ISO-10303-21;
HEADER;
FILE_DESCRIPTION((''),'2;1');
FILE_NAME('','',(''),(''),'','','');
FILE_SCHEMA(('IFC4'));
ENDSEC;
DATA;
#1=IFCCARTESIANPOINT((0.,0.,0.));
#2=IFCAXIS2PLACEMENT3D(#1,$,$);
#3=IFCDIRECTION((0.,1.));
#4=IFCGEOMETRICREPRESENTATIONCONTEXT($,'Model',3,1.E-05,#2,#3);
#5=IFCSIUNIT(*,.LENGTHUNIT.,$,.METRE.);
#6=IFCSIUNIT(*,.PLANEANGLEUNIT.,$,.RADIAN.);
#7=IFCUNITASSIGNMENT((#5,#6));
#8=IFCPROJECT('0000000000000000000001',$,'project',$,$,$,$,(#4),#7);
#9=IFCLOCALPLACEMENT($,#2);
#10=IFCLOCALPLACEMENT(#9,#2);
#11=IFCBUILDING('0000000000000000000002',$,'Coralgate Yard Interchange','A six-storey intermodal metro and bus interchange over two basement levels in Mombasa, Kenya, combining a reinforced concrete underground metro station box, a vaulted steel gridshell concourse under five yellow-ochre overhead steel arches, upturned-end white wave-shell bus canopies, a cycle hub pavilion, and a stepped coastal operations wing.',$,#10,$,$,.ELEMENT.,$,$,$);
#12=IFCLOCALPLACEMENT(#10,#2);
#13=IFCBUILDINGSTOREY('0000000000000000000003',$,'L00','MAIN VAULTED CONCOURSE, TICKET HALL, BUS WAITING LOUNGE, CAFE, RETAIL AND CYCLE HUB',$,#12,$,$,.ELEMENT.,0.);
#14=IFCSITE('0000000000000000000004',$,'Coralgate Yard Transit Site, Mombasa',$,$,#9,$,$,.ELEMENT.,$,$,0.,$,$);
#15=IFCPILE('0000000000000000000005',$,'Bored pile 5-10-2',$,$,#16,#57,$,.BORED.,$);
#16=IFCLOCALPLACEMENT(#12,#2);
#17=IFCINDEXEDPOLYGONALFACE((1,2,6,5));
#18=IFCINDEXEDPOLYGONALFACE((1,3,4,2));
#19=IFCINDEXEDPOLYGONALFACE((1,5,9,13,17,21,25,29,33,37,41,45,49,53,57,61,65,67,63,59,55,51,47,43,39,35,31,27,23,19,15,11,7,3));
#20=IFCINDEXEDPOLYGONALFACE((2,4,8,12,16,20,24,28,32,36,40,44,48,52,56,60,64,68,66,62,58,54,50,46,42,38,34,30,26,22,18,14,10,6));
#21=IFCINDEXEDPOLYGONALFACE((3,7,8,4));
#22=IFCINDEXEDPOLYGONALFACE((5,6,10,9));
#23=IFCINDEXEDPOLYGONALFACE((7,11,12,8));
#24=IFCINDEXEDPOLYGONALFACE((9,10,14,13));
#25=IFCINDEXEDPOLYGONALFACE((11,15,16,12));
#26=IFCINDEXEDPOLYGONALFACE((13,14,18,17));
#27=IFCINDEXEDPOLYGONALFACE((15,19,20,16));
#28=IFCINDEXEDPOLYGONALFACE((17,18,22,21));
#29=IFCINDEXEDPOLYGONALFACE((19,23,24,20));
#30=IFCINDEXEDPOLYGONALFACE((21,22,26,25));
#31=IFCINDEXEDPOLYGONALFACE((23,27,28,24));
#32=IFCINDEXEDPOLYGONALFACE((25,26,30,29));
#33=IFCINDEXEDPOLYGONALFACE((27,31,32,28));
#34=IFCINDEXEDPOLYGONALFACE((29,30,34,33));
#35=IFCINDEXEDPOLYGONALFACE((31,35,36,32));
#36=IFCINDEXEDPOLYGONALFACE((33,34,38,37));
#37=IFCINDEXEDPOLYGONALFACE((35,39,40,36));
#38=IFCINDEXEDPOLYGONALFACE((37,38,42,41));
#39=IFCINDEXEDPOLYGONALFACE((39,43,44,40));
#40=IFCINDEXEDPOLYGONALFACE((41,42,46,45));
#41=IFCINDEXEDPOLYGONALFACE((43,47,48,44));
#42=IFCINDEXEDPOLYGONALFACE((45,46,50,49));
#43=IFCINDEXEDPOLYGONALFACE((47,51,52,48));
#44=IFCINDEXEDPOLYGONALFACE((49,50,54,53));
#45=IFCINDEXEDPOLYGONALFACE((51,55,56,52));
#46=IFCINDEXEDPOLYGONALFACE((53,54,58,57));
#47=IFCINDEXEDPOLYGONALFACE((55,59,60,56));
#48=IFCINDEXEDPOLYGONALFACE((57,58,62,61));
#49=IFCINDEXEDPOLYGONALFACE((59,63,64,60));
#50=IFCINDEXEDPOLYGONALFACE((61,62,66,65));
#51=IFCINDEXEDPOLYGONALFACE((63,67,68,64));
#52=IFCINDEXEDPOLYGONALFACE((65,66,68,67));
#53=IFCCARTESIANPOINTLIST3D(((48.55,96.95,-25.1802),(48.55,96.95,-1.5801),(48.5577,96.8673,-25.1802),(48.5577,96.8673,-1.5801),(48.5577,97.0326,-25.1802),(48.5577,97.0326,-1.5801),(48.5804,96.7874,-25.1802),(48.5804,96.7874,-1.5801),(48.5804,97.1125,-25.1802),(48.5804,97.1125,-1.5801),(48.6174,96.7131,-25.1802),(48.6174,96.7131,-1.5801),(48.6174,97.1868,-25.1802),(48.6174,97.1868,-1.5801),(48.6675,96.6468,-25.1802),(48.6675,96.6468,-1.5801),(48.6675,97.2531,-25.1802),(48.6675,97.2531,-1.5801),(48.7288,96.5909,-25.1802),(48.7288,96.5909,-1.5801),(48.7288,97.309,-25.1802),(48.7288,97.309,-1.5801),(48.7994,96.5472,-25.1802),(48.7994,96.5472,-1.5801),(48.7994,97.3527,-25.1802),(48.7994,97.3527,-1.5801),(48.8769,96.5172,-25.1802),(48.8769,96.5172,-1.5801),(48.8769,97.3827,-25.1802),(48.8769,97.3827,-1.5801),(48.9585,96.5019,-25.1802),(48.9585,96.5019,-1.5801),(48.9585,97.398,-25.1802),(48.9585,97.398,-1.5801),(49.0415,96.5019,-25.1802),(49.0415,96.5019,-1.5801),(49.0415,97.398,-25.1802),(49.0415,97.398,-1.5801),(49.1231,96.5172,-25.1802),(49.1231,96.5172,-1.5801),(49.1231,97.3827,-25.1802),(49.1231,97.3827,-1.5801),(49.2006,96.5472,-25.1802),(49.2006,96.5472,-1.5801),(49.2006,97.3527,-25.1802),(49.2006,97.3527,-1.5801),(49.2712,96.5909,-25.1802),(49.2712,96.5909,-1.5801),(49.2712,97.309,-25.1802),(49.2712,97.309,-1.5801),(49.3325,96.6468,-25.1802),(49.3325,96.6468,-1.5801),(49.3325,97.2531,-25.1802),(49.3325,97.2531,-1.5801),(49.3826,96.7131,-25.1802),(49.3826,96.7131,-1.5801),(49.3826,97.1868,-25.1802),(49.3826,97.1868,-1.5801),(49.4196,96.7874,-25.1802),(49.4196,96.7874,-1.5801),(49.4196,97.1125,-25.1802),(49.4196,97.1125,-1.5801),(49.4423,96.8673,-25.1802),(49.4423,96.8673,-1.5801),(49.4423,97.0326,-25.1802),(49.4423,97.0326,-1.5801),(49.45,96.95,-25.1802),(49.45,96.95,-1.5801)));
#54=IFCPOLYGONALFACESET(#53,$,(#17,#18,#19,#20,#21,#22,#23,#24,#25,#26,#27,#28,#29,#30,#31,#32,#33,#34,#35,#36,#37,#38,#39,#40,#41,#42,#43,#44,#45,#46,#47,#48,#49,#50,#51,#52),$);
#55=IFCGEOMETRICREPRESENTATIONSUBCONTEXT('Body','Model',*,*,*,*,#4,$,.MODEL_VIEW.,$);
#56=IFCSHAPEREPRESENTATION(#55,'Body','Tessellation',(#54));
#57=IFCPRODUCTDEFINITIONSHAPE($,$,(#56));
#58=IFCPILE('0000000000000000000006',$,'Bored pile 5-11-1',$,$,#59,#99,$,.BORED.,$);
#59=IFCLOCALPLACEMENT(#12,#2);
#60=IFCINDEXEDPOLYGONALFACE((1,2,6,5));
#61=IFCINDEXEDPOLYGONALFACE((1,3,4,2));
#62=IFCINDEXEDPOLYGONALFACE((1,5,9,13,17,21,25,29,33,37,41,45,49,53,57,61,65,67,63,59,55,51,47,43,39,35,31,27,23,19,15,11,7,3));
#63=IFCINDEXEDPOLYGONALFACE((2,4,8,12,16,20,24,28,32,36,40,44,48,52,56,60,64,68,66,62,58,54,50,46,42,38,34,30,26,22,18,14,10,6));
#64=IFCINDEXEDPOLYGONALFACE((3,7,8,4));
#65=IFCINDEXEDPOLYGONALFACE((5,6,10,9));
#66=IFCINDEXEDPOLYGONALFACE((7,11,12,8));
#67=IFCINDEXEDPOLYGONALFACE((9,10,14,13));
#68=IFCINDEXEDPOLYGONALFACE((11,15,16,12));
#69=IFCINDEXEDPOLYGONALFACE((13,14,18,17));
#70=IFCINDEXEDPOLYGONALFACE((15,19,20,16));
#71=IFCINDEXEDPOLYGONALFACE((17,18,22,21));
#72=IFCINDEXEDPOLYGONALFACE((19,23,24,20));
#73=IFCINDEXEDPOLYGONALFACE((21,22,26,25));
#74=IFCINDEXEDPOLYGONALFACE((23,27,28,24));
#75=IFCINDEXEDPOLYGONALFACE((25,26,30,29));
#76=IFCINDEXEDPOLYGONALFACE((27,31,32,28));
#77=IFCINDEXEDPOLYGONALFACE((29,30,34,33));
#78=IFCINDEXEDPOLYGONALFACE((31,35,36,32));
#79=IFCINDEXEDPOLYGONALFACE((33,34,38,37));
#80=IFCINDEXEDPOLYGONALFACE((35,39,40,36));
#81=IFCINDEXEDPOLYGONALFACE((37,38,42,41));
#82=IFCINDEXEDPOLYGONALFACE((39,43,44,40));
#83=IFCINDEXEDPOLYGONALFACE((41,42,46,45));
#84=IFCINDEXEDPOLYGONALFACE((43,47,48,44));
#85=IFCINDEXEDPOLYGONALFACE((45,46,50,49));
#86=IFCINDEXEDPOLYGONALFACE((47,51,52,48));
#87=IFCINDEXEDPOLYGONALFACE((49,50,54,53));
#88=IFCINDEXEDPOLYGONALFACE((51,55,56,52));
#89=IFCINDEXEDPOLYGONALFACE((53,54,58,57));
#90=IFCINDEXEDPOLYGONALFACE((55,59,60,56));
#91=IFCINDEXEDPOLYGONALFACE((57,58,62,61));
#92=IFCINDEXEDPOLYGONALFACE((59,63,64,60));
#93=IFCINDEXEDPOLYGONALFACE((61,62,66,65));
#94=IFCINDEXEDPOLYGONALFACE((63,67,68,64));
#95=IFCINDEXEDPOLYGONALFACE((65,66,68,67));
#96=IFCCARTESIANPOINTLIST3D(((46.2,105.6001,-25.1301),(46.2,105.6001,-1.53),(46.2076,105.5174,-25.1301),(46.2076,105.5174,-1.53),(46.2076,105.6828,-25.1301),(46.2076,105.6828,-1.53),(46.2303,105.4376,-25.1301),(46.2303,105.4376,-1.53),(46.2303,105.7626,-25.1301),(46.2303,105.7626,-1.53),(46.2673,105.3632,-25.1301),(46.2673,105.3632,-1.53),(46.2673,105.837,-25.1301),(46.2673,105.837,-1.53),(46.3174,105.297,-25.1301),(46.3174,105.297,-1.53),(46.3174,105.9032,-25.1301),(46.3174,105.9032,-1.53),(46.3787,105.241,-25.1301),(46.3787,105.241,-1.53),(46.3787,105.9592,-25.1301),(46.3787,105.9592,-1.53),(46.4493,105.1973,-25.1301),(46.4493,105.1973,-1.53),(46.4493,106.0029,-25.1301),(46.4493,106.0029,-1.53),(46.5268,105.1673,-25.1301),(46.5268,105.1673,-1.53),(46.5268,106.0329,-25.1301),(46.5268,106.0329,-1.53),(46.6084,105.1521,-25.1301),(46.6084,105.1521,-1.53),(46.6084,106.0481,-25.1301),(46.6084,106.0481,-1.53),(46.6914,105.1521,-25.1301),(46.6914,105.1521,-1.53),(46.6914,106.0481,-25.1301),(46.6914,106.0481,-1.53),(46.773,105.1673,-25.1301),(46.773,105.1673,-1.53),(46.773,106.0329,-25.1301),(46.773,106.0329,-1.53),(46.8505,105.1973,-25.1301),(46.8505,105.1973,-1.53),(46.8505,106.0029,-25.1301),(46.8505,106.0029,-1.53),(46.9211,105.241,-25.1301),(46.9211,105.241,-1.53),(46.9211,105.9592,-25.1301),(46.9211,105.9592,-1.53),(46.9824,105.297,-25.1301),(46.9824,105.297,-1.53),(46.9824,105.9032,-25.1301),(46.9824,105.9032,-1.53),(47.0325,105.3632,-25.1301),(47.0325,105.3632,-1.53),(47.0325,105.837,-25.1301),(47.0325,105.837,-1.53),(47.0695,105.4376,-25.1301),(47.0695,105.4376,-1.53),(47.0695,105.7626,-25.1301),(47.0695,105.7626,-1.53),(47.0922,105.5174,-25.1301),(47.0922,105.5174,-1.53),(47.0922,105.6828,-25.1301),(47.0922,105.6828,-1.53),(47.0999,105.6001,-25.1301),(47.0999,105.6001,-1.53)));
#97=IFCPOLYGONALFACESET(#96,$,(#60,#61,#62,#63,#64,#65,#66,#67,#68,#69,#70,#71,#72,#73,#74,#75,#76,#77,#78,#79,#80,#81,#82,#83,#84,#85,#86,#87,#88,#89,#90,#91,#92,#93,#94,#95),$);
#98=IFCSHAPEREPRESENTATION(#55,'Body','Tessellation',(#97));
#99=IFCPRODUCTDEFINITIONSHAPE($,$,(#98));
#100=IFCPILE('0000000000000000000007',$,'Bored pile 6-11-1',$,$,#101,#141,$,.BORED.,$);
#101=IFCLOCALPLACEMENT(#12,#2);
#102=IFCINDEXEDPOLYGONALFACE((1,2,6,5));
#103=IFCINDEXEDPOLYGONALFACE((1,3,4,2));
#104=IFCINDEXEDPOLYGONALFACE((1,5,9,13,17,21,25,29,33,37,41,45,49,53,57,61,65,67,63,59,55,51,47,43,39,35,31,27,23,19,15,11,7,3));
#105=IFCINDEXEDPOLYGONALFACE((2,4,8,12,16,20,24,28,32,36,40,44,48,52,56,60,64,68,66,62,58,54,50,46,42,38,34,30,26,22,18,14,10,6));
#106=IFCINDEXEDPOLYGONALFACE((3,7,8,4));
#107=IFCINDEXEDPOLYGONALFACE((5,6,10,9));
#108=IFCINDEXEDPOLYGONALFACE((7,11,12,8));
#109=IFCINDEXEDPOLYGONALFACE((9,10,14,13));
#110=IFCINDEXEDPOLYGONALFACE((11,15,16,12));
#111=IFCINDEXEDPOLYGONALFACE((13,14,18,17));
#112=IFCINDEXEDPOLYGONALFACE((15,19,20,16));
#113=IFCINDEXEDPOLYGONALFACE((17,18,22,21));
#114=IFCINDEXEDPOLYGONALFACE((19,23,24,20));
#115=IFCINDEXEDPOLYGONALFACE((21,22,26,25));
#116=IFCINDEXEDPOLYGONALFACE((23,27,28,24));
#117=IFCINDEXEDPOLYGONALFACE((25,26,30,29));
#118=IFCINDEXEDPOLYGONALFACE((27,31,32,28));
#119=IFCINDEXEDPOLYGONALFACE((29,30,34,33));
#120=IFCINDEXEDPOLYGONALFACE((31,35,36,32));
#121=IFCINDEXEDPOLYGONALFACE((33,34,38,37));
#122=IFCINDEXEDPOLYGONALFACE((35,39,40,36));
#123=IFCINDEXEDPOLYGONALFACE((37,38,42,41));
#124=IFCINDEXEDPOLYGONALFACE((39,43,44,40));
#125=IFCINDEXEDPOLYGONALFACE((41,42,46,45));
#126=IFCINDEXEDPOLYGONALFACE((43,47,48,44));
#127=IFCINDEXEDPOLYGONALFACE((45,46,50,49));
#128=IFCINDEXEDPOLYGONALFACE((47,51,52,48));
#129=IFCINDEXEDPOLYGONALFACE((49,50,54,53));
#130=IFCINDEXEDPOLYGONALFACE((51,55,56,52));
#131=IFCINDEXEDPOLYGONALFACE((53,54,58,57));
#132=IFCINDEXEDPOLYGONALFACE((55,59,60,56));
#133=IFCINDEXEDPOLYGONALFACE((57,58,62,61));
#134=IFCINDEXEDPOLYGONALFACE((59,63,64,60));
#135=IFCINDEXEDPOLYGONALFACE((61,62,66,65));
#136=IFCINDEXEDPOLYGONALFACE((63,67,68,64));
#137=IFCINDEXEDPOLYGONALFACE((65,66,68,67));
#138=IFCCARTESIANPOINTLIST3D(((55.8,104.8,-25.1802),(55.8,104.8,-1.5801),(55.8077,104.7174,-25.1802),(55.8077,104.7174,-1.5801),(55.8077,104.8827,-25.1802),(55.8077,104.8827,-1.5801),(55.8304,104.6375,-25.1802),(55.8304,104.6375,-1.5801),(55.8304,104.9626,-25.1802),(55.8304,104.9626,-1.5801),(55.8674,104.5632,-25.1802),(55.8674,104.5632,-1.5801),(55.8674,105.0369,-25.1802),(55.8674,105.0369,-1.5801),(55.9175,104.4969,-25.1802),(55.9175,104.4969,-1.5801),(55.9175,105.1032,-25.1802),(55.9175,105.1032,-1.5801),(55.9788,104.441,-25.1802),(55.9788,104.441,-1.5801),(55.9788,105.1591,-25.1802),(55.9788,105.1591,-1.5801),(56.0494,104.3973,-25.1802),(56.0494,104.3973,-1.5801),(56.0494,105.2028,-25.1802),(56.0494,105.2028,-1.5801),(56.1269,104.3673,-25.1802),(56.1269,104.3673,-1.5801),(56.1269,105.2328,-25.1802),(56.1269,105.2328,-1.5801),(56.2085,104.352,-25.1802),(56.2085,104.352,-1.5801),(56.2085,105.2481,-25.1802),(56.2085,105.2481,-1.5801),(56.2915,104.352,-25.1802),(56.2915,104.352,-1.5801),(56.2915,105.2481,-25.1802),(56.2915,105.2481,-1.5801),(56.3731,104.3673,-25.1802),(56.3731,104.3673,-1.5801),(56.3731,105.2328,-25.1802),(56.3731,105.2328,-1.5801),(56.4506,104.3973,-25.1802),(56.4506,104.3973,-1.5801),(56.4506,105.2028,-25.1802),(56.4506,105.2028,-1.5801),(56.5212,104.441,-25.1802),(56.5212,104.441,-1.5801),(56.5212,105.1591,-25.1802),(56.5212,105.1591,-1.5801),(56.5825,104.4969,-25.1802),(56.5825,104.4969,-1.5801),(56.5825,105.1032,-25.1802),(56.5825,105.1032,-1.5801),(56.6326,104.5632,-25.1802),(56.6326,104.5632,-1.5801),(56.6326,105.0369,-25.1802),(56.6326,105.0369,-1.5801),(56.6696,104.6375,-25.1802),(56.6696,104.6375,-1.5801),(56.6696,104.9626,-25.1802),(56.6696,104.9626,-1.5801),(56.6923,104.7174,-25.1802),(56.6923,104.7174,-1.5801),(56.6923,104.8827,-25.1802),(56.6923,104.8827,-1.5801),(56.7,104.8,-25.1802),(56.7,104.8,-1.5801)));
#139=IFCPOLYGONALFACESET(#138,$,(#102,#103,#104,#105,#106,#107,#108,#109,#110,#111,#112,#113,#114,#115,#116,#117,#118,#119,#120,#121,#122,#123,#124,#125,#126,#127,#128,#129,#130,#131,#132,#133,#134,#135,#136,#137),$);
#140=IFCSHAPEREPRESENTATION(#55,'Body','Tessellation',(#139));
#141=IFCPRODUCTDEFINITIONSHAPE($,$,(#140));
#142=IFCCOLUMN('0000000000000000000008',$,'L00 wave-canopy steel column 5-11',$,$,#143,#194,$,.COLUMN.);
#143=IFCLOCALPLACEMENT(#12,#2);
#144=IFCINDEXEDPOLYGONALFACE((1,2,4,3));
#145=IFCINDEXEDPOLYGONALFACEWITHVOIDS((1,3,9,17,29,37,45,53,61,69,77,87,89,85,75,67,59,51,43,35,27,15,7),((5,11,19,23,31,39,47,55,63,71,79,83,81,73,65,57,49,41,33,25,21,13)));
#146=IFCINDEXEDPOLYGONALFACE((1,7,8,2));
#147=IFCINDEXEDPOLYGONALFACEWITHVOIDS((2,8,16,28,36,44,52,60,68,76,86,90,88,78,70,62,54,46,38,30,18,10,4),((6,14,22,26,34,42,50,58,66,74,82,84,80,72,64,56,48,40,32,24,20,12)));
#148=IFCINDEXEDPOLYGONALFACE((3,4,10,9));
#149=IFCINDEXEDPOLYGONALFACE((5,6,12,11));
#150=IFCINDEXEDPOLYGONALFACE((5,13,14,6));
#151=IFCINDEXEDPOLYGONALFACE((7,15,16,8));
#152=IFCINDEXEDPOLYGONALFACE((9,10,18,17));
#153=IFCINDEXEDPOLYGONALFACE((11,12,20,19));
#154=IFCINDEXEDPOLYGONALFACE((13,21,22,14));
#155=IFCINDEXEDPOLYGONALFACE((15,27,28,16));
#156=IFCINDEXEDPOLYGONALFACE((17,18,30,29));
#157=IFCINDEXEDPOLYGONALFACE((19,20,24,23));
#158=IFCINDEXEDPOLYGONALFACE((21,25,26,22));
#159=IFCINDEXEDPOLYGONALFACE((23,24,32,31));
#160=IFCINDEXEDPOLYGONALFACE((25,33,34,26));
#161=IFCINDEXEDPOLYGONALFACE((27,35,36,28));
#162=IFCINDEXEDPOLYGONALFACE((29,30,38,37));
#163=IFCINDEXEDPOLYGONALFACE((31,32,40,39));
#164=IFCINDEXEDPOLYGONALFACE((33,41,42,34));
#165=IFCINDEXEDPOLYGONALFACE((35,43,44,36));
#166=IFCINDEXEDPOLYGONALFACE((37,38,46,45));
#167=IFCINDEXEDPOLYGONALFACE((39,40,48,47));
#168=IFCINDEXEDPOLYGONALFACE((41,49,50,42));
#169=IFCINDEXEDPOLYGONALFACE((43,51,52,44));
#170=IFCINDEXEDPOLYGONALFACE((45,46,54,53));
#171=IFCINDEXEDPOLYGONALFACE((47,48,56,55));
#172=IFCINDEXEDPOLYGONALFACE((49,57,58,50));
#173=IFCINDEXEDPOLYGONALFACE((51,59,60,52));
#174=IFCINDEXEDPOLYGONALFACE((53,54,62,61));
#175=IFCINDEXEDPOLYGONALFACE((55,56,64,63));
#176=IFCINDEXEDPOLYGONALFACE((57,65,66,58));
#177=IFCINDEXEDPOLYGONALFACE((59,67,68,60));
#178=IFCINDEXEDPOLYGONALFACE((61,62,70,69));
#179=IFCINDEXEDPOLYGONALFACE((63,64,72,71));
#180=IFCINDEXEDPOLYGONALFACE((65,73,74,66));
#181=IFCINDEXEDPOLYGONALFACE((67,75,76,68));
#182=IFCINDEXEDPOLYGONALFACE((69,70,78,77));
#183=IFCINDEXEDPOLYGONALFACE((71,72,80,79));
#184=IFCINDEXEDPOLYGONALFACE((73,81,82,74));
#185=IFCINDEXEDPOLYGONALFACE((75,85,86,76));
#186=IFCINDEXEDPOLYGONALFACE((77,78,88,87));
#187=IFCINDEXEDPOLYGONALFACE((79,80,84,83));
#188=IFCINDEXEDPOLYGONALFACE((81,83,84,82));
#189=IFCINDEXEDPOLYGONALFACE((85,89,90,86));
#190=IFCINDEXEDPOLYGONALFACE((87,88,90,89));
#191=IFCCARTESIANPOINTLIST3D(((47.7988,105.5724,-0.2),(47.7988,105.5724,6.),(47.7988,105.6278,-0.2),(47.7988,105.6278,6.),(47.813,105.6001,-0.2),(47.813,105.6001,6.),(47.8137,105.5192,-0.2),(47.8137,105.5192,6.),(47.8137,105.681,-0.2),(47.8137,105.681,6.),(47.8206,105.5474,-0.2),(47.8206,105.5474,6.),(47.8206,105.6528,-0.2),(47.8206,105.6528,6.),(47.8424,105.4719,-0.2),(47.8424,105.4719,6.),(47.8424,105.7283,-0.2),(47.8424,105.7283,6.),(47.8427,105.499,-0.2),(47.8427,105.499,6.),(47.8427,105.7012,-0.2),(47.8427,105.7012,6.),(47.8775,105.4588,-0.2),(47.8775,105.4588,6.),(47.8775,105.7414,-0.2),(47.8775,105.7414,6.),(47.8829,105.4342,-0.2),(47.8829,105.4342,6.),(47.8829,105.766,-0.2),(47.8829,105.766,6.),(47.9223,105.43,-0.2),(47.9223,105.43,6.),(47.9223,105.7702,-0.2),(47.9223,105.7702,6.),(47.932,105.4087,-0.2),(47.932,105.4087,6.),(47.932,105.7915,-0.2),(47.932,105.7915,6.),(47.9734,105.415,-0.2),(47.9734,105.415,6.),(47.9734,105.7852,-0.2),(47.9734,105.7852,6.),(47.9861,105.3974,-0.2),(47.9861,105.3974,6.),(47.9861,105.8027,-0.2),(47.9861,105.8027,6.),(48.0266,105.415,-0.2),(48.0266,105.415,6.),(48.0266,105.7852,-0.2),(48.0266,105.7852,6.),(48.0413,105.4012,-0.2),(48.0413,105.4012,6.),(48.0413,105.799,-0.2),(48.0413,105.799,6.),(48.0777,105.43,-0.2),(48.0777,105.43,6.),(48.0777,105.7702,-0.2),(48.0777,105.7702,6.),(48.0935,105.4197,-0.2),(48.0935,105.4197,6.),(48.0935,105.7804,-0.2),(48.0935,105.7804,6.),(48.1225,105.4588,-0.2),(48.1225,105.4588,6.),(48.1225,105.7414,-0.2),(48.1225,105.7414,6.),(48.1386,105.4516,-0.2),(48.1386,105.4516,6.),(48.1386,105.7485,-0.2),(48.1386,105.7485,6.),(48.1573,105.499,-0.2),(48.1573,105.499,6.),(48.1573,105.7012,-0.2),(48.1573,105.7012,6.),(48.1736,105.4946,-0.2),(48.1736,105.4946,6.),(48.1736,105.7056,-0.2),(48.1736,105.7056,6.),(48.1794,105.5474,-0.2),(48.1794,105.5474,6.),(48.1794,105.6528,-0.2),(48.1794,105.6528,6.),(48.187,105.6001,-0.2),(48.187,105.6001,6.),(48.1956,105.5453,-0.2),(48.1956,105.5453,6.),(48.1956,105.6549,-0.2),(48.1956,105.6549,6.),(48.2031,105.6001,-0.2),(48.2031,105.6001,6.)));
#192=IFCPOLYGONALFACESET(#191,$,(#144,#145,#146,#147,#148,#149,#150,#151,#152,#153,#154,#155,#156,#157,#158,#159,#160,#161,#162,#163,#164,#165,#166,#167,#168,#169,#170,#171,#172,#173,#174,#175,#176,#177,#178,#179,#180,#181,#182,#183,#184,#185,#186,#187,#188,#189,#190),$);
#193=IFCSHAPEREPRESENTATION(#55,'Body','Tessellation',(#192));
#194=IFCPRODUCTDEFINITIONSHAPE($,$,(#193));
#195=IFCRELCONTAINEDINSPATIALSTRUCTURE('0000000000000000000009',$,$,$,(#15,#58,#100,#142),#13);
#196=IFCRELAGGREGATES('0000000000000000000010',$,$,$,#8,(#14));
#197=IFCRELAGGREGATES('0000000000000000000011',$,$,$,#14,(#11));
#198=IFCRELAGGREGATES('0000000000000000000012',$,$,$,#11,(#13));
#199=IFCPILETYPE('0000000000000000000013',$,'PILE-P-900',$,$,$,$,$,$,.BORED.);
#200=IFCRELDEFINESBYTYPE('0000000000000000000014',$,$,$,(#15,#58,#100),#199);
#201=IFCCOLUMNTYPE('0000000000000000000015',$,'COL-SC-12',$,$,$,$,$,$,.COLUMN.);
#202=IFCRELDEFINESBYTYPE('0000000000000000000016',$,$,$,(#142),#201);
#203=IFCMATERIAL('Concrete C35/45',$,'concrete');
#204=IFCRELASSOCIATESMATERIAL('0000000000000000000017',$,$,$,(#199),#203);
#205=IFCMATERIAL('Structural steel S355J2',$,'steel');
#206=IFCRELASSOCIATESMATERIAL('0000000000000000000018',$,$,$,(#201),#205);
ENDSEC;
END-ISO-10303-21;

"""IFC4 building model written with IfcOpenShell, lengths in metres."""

from ifc_helpers import new_model, si_unit, direction, frame, origin, origin_2d, place, context, subcontext, project, spatial, circle, hollow_circle, extrude, material, material_profile, profile_set, type_object, element, save


model = new_model("IFC4")

# Units and contexts
model_context = context("Model", 3, precision=1e-05, world=origin(), true_north=direction((0.0, 1.0)))
body_context = subcontext(model_context, "Body", "Model", "MODEL_VIEW")
ifc_project = project(units=[si_unit("LENGTHUNIT", "METRE"), si_unit("PLANEANGLEUNIT", "RADIAN")], contexts=[model_context])

# Site, building, storey
site_placement = place(None, origin())
site = spatial("IfcSite", under=ifc_project, at=site_placement, Name="Coralgate Yard Transit Site, Mombasa", CompositionType="ELEMENT", RefElevation=0.0)
building_placement = place(site_placement, origin())
building = spatial("IfcBuilding", under=site, at=building_placement, Name="Coralgate Yard Interchange", Description="A six-storey intermodal metro and bus interchange over two basement levels in Mombasa, Kenya, combining a reinforced concrete underground metro station box, a vaulted steel gridshell concourse under five yellow-ochre overhead steel arches, upturned-end white wave-shell bus canopies, a cycle hub pavilion, and a stepped coastal operations wing.", CompositionType="ELEMENT")
storey_placement = place(building_placement, origin())
storey = spatial("IfcBuildingStorey", under=building, at=storey_placement, Name="L00", Description="MAIN VAULTED CONCOURSE, TICKET HALL, BUS WAITING LOUNGE, CAFE, RETAIL AND CYCLE HUB", CompositionType="ELEMENT", Elevation=0.0)

# Piles
ifc_material_1 = material(Name="Concrete C35/45", Category="concrete")
ifc_material_profile_1 = material_profile(ifc_material_1, circle(Radius=0.45, at=origin_2d()), Name="BORED PILE D900")
ifc_profile_set_1 = profile_set([ifc_material_profile_1], Name="Concrete C35/45")
pile_type = type_object("IfcPileType", Name="PILE-P-900", PredefinedType="BORED", material=ifc_profile_set_1)
for number, where, z_axis, x_axis, name in (
    (1, (49.0, 96.95, -1.5801), (0.0, 0.0, -1.0), (1.0, 0.0, 0.0), "Bored pile 5-10-2"),
    (2, (46.6499, 105.6001, -1.53), (0.0, 0.0, -1.0), (1.0, 0.0, 0.0), "Bored pile 5-11-1"),
    (3, (56.25, 104.8, -1.5801), (0.0, 0.0, -1.0), (1.0, 0.0, 0.0), "Bored pile 6-11-1"),
):
    element("IfcPile", number, at=place(storey_placement, frame(where, z_axis=z_axis, x_axis=x_axis)), inside=storey, type_object=pile_type, Name=name, PredefinedType="BORED", context=body_context, shape_type="SweptSolid", body=[
        extrude(circle(Radius=0.45, at=origin_2d()), origin(), (0.0, 0.0, 1.0), 23.6001),
    ])

# Column
ifc_material_2 = material(Name="Structural steel S355J2", Category="steel")
ifc_material_profile_2 = material_profile(ifc_material_2, hollow_circle(Radius=0.2031, WallThickness=0.0161, at=origin_2d()), Name="CHS 406.4x16")
ifc_profile_set_2 = profile_set([ifc_material_profile_2], Name="Structural steel S355J2")
column_type_1 = type_object("IfcColumnType", Name="COL-SC-12", PredefinedType="COLUMN", material=ifc_profile_set_2)
column_1_placement = place(storey_placement, frame((48.0, 105.6001, -0.2), z_axis=(0.0, 0.0, 1.0), x_axis=(1.0, 0.0, 0.0)))
element("IfcColumn", 4, at=column_1_placement, inside=storey, type_object=column_type_1, Name="L00 wave-canopy steel column 5-11", PredefinedType="COLUMN", context=body_context, shape_type="SweptSolid", body=[
    extrude(hollow_circle(Radius=0.2031, WallThickness=0.0161, at=origin_2d()), origin(), (0.0, 0.0, 1.0), 6.2),
])

save(model, "model.ifc")
